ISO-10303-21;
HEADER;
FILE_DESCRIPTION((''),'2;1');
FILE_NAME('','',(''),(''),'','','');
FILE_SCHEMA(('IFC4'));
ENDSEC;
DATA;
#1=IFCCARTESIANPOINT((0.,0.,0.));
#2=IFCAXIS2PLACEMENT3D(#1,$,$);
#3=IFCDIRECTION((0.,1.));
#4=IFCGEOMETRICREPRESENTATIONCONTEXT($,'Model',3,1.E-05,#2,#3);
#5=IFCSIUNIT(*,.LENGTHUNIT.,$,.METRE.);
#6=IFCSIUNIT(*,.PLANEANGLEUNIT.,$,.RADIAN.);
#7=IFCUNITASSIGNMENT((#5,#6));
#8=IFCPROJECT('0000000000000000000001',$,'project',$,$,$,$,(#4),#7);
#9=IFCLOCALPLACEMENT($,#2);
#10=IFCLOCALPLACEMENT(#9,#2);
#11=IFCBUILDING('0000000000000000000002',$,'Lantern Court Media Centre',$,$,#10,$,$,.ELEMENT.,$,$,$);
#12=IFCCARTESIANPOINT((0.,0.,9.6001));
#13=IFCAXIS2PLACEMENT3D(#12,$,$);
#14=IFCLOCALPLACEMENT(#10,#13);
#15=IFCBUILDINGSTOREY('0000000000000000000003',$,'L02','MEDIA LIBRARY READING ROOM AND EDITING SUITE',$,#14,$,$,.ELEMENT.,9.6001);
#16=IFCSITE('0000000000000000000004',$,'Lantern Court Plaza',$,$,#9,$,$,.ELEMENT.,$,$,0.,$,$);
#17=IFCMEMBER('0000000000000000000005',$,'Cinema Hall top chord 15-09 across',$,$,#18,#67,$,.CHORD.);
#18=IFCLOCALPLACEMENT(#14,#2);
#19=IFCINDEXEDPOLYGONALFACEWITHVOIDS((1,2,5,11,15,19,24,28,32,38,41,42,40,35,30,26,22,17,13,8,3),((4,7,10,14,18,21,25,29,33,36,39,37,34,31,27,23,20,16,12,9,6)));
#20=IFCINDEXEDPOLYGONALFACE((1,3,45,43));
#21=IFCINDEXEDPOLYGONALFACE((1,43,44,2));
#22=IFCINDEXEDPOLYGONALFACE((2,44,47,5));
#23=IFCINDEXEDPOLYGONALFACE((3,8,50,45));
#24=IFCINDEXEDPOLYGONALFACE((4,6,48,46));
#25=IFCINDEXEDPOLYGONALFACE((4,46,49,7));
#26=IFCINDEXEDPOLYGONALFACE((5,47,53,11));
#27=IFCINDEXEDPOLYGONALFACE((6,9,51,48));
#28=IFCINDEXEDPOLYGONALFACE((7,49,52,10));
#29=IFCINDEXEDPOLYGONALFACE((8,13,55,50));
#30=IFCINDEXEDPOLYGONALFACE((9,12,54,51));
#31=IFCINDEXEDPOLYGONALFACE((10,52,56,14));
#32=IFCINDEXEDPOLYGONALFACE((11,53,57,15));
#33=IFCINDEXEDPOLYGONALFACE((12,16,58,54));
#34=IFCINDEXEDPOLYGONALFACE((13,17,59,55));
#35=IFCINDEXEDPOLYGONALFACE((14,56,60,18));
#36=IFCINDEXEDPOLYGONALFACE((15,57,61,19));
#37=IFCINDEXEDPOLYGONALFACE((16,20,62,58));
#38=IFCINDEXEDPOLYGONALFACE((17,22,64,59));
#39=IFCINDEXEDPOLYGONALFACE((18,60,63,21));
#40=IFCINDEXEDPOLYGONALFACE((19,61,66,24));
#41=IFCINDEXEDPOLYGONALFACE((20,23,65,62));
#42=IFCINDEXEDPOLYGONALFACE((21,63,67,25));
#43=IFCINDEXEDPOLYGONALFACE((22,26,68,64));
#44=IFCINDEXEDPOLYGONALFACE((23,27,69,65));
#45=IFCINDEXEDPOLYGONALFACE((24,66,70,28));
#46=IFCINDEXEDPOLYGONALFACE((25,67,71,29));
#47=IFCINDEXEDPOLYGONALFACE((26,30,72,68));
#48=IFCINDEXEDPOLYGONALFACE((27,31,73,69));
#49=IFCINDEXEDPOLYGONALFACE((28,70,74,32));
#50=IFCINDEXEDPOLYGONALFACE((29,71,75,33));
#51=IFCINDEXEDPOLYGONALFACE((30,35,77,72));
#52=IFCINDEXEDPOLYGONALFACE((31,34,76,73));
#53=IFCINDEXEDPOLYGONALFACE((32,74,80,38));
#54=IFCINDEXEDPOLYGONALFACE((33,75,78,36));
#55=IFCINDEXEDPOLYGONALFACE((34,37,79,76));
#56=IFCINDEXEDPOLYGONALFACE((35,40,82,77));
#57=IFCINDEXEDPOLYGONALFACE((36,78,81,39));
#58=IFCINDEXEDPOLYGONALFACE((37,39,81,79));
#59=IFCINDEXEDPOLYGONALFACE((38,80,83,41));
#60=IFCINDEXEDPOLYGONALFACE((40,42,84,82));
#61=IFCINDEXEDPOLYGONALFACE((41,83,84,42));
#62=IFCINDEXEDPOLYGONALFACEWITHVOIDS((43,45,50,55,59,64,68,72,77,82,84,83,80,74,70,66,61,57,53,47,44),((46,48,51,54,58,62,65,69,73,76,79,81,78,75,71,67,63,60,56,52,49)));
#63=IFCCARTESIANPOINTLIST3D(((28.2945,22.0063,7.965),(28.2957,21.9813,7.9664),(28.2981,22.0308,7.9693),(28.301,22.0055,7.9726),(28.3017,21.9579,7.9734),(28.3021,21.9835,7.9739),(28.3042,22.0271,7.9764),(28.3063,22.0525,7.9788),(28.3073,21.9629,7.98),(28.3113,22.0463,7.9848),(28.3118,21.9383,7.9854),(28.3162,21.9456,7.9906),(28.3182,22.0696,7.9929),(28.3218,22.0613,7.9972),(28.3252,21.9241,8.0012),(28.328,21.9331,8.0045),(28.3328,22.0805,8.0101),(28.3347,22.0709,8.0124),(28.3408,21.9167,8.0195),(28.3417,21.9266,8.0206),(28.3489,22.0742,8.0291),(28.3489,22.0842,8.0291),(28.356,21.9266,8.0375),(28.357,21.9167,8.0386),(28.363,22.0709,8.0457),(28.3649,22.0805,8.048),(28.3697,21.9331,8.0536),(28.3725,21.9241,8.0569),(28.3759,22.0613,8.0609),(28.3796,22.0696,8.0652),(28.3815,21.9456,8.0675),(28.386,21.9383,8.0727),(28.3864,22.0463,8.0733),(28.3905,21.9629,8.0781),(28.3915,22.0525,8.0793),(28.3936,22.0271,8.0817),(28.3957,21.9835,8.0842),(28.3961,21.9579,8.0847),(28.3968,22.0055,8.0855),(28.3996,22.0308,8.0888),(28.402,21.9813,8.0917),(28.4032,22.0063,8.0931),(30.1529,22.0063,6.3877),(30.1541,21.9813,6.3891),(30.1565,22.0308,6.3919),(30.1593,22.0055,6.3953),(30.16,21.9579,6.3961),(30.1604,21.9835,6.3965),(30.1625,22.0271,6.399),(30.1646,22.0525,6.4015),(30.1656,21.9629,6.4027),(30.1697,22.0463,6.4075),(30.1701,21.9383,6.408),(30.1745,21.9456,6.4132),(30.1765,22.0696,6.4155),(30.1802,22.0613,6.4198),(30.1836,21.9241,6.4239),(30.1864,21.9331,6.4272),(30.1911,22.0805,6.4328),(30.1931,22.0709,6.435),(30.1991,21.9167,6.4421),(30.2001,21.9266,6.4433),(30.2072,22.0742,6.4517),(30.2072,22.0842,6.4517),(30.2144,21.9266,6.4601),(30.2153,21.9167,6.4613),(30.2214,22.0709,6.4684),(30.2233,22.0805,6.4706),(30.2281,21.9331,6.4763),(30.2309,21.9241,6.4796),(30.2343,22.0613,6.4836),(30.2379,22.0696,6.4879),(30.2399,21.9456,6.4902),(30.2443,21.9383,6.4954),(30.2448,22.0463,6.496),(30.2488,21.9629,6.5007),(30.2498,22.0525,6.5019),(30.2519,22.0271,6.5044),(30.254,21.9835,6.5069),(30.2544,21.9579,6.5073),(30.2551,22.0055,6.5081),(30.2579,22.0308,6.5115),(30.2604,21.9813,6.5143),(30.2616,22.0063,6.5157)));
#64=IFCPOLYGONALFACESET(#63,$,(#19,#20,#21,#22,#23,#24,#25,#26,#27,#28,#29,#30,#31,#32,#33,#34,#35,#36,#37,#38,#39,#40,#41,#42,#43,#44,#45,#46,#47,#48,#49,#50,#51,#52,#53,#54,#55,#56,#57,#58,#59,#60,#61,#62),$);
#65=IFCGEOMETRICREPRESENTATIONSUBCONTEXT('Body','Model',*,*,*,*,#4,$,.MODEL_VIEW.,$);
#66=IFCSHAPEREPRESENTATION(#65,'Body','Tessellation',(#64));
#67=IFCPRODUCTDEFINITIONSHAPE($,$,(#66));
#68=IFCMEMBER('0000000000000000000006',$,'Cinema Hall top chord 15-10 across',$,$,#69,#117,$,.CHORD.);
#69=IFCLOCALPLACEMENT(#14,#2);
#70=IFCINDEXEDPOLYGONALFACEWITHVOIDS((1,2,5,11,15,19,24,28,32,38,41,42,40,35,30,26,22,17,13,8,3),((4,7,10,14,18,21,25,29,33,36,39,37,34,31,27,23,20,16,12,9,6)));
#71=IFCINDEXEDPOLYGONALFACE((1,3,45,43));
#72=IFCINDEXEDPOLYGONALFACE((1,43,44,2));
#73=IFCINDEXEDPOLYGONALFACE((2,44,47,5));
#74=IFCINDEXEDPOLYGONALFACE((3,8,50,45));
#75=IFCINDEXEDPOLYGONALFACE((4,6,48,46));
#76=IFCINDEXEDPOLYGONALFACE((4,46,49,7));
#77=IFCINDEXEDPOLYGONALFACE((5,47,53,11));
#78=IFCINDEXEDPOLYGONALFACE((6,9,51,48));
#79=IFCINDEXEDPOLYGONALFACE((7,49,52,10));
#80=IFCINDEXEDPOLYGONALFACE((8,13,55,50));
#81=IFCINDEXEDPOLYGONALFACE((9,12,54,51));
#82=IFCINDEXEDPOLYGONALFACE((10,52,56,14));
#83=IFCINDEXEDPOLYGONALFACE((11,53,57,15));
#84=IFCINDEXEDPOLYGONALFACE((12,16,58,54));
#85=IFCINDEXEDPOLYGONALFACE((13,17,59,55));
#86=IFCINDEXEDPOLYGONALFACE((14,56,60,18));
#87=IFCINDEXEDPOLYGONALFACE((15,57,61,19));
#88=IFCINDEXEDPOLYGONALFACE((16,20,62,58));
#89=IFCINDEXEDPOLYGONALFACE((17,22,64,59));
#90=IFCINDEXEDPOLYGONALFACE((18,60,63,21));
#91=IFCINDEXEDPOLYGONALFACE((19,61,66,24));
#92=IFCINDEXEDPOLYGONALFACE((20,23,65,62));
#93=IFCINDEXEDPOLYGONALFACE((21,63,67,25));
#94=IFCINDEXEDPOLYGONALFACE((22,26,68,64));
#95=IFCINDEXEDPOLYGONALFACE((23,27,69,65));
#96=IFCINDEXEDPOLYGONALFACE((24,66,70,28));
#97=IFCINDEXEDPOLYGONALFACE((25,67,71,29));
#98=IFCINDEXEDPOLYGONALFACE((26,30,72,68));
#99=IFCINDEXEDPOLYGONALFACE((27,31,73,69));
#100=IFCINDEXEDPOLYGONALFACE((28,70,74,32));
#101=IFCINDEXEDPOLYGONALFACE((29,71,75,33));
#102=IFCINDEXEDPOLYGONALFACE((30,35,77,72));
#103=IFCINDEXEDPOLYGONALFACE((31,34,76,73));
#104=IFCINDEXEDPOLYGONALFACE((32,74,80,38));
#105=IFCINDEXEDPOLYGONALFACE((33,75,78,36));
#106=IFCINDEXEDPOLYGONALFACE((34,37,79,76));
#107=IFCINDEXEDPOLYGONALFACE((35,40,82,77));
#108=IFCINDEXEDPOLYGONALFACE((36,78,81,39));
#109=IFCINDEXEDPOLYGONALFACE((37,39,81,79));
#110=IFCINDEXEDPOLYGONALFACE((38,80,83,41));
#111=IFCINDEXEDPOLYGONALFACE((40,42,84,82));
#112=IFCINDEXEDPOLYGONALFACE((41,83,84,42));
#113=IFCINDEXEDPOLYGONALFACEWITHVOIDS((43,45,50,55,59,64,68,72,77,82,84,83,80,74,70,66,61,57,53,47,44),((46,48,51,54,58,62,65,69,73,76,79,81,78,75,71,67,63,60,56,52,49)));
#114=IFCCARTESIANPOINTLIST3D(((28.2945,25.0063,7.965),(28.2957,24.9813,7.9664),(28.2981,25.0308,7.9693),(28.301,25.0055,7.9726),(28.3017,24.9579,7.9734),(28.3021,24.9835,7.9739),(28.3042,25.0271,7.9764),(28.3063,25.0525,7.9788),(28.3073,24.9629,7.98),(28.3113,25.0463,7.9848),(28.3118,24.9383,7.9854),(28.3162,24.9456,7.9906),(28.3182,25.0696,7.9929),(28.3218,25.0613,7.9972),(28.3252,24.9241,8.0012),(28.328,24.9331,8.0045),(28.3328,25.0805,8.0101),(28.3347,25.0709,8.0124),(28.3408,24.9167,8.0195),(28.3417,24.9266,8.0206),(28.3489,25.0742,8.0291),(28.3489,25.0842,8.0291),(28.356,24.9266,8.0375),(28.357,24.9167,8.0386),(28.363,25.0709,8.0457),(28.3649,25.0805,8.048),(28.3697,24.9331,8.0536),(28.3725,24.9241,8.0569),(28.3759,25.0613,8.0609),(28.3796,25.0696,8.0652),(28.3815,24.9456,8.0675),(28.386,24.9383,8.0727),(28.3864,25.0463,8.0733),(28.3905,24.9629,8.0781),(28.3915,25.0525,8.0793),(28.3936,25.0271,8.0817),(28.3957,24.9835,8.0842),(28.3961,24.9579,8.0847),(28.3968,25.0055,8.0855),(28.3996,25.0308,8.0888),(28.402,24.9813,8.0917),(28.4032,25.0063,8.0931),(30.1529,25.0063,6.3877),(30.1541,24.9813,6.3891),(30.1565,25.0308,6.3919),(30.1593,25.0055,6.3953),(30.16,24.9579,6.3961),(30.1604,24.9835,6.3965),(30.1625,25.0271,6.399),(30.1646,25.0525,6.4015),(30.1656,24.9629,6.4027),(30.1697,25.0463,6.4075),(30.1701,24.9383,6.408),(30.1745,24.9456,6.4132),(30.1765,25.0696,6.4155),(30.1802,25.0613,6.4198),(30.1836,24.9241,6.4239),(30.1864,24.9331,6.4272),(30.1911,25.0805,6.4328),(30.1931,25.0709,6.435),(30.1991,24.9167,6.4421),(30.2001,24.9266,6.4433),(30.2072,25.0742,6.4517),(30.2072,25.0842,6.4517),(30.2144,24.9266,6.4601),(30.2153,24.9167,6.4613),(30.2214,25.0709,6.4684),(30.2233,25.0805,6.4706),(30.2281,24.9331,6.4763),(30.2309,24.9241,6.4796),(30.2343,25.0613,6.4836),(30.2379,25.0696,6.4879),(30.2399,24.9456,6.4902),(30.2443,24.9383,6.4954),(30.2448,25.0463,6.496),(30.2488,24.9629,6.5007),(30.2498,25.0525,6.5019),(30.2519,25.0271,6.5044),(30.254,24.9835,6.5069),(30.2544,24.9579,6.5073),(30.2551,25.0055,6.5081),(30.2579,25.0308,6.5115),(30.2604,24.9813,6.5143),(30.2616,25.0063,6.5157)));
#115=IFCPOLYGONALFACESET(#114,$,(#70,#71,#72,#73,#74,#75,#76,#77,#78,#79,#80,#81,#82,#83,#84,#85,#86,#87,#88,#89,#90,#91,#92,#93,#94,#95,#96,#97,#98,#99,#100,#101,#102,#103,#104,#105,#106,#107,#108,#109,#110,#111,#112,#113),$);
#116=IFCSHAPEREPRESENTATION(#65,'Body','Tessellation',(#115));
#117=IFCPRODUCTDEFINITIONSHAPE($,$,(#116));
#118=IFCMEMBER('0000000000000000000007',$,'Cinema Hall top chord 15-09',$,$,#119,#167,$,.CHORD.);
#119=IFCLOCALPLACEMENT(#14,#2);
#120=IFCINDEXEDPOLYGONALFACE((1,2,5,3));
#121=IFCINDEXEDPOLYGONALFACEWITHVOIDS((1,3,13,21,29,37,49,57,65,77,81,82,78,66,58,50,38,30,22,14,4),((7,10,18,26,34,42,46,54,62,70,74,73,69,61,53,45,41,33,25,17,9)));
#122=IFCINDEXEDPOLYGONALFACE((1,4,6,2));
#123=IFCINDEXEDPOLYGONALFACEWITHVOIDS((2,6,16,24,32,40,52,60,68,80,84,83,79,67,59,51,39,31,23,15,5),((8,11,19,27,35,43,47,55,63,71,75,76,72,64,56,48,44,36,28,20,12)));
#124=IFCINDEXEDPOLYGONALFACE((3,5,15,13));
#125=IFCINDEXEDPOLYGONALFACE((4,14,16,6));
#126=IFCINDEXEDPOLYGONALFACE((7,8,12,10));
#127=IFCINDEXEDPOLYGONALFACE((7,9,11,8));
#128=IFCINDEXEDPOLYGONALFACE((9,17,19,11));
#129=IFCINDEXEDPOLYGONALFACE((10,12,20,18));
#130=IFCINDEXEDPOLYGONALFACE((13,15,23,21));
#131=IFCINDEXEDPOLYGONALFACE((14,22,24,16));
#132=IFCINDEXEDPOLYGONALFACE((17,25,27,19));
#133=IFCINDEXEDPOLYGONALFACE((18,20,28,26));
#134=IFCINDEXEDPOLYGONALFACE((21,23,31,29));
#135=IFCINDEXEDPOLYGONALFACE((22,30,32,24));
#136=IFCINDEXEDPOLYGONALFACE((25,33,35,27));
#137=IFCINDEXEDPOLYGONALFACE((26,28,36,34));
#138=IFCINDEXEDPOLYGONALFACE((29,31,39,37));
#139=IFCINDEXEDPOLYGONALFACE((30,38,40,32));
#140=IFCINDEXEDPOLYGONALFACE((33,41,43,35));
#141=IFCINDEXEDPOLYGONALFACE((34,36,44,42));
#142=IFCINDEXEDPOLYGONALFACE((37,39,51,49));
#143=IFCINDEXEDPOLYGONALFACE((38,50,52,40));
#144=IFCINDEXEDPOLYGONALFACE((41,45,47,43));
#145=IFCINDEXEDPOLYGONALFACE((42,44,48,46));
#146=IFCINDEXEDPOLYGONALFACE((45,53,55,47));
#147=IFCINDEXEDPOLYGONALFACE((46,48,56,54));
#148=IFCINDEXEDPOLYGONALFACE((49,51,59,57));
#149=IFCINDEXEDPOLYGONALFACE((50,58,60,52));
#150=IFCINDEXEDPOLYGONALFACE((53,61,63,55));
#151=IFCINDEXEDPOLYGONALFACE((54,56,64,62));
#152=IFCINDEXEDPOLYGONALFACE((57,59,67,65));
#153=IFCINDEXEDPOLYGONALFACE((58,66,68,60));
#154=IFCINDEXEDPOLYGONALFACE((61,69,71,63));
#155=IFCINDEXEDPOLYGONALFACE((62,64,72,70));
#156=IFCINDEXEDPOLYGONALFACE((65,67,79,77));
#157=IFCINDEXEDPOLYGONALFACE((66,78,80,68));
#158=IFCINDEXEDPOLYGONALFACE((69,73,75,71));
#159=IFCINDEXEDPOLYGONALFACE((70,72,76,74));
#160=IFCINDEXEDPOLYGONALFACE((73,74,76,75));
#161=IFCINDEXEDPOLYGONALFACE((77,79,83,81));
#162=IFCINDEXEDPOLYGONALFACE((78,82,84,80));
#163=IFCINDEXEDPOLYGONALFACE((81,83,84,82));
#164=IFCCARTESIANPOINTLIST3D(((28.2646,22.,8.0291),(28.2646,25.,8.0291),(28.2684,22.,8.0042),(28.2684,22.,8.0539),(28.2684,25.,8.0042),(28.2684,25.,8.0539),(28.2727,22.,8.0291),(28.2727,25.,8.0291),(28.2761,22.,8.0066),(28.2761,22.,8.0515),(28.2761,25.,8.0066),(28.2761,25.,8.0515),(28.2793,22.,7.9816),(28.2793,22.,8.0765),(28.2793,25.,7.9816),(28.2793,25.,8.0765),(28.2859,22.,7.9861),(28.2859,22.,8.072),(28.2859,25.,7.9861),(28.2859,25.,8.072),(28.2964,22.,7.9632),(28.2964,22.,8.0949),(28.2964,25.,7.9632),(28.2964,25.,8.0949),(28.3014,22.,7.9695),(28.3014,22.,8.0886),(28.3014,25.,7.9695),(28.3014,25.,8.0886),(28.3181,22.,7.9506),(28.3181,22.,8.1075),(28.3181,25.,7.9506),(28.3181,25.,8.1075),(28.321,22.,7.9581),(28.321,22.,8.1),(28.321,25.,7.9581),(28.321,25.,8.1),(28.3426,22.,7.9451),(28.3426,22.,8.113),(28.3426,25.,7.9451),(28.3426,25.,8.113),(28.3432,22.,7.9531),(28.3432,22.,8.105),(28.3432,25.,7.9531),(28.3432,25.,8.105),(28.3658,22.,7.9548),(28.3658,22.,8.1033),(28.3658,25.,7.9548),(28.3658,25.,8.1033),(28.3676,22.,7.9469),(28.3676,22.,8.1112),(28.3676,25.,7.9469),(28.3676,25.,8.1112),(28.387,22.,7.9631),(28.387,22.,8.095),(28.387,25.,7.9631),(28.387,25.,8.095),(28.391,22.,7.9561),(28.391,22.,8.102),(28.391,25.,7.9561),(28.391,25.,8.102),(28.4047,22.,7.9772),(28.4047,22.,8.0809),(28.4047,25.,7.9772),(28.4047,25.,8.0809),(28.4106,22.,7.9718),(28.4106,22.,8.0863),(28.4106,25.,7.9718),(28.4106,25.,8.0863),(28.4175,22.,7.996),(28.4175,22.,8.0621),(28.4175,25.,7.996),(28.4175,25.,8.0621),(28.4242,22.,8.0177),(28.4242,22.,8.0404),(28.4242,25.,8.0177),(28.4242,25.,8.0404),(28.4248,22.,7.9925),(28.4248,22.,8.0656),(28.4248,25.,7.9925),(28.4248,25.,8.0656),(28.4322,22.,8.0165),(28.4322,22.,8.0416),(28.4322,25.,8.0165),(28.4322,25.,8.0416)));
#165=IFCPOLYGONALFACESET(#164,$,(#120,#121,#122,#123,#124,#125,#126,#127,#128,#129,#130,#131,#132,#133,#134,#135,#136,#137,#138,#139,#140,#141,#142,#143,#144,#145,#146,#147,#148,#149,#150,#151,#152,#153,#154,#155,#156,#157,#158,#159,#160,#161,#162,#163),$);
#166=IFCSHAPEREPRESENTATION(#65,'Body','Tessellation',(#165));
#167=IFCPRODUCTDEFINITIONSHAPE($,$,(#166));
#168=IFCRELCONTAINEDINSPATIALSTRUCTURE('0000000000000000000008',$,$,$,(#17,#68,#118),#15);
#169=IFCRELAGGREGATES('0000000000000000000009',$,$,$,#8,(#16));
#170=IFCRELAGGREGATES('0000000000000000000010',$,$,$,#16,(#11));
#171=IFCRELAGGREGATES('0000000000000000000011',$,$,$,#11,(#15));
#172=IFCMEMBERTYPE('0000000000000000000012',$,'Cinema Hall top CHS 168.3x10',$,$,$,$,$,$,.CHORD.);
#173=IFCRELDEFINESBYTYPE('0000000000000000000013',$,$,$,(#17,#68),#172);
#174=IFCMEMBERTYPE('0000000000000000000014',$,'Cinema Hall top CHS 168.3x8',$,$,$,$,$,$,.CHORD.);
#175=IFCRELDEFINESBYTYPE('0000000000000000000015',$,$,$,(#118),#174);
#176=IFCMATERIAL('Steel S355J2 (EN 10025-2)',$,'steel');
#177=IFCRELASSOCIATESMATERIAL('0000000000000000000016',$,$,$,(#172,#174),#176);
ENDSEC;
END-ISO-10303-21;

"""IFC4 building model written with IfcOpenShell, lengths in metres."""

from ifc_helpers import new_model, si_unit, direction, frame, origin, origin_2d, place, context, subcontext, project, spatial, hollow_circle, extrude, material, material_profile, profile_set, type_object, element, save


model = new_model("IFC4")

# Units and contexts
model_context = context("Model", 3, precision=1e-05, world=origin(), true_north=direction((0.0, 1.0)))
body_context = subcontext(model_context, "Body", "Model", "MODEL_VIEW")
ifc_project = project(units=[si_unit("LENGTHUNIT", "METRE"), si_unit("PLANEANGLEUNIT", "RADIAN")], contexts=[model_context])

# Site, building, storey
site_placement = place(None, origin())
site = spatial("IfcSite", under=ifc_project, at=site_placement, Name="Lantern Court Plaza", CompositionType="ELEMENT", RefElevation=0.0)
building_placement = place(site_placement, origin())
building = spatial("IfcBuilding", under=site, at=building_placement, Name="Lantern Court Media Centre", CompositionType="ELEMENT")
storey_placement = place(building_placement, frame((0.0, 0.0, 9.6001)))
storey = spatial("IfcBuildingStorey", under=building, at=storey_placement, Name="L02", Description="MEDIA LIBRARY READING ROOM AND EDITING SUITE", CompositionType="ELEMENT", Elevation=9.6001)

# Members
ifc_material = material(Name="Steel S355J2 (EN 10025-2)", Category="steel")
ifc_material_profile_1 = material_profile(ifc_material, hollow_circle(Radius=0.0842, WallThickness=0.01, at=origin_2d()), Name="Cinema Hall top CHS 168.3x10")
ifc_profile_set_1 = profile_set([ifc_material_profile_1], Name="Steel S355J2 (EN 10025-2)")
member_type_1 = type_object("IfcMemberType", Name="Cinema Hall top CHS 168.3x10", PredefinedType="CHORD", material=ifc_profile_set_1)
for number, where, z_axis, x_axis, name in (
    (1, (28.3489, 22.0, 8.0291), (0.762394, 0.0, -0.647113), (0.0, 1.0, 0.0), "Cinema Hall top chord 15-09 across"),
    (2, (28.3489, 25.0, 8.0291), (0.762394, 0.0, -0.647113), (0.0, 1.0, 0.0), "Cinema Hall top chord 15-10 across"),
):
    element("IfcMember", number, at=place(storey_placement, frame(where, z_axis=z_axis, x_axis=x_axis)), inside=storey, type_object=member_type_1, Name=name, PredefinedType="CHORD", context=body_context, shape_type="SweptSolid", body=[
        extrude(hollow_circle(Radius=0.0842, WallThickness=0.01, at=origin_2d()), origin(), (0.0, 0.0, 1.0), 2.4375),
    ])
ifc_material_profile_2 = material_profile(ifc_material, hollow_circle(Radius=0.0842, WallThickness=0.0081, at=origin_2d()), Name="Cinema Hall top CHS 168.3x8")
ifc_profile_set_2 = profile_set([ifc_material_profile_2], Name="Steel S355J2 (EN 10025-2)")
member_type_2 = type_object("IfcMemberType", Name="Cinema Hall top CHS 168.3x8", PredefinedType="CHORD", material=ifc_profile_set_2)
for number, where, z_axis, x_axis, name in (
    (3, (28.3489, 22.0, 8.0291), (0.0, 1.0, 0.0), (-1.0, 0.0, 0.0), "Cinema Hall top chord 15-09"),
):
    element("IfcMember", number, at=place(storey_placement, frame(where, z_axis=z_axis, x_axis=x_axis)), inside=storey, type_object=member_type_2, Name=name, PredefinedType="CHORD", context=body_context, shape_type="SweptSolid", body=[
        extrude(hollow_circle(Radius=0.0842, WallThickness=0.0081, at=origin_2d()), origin(), (0.0, 0.0, 1.0), 3.0),
    ])

save(model, "model.ifc")
